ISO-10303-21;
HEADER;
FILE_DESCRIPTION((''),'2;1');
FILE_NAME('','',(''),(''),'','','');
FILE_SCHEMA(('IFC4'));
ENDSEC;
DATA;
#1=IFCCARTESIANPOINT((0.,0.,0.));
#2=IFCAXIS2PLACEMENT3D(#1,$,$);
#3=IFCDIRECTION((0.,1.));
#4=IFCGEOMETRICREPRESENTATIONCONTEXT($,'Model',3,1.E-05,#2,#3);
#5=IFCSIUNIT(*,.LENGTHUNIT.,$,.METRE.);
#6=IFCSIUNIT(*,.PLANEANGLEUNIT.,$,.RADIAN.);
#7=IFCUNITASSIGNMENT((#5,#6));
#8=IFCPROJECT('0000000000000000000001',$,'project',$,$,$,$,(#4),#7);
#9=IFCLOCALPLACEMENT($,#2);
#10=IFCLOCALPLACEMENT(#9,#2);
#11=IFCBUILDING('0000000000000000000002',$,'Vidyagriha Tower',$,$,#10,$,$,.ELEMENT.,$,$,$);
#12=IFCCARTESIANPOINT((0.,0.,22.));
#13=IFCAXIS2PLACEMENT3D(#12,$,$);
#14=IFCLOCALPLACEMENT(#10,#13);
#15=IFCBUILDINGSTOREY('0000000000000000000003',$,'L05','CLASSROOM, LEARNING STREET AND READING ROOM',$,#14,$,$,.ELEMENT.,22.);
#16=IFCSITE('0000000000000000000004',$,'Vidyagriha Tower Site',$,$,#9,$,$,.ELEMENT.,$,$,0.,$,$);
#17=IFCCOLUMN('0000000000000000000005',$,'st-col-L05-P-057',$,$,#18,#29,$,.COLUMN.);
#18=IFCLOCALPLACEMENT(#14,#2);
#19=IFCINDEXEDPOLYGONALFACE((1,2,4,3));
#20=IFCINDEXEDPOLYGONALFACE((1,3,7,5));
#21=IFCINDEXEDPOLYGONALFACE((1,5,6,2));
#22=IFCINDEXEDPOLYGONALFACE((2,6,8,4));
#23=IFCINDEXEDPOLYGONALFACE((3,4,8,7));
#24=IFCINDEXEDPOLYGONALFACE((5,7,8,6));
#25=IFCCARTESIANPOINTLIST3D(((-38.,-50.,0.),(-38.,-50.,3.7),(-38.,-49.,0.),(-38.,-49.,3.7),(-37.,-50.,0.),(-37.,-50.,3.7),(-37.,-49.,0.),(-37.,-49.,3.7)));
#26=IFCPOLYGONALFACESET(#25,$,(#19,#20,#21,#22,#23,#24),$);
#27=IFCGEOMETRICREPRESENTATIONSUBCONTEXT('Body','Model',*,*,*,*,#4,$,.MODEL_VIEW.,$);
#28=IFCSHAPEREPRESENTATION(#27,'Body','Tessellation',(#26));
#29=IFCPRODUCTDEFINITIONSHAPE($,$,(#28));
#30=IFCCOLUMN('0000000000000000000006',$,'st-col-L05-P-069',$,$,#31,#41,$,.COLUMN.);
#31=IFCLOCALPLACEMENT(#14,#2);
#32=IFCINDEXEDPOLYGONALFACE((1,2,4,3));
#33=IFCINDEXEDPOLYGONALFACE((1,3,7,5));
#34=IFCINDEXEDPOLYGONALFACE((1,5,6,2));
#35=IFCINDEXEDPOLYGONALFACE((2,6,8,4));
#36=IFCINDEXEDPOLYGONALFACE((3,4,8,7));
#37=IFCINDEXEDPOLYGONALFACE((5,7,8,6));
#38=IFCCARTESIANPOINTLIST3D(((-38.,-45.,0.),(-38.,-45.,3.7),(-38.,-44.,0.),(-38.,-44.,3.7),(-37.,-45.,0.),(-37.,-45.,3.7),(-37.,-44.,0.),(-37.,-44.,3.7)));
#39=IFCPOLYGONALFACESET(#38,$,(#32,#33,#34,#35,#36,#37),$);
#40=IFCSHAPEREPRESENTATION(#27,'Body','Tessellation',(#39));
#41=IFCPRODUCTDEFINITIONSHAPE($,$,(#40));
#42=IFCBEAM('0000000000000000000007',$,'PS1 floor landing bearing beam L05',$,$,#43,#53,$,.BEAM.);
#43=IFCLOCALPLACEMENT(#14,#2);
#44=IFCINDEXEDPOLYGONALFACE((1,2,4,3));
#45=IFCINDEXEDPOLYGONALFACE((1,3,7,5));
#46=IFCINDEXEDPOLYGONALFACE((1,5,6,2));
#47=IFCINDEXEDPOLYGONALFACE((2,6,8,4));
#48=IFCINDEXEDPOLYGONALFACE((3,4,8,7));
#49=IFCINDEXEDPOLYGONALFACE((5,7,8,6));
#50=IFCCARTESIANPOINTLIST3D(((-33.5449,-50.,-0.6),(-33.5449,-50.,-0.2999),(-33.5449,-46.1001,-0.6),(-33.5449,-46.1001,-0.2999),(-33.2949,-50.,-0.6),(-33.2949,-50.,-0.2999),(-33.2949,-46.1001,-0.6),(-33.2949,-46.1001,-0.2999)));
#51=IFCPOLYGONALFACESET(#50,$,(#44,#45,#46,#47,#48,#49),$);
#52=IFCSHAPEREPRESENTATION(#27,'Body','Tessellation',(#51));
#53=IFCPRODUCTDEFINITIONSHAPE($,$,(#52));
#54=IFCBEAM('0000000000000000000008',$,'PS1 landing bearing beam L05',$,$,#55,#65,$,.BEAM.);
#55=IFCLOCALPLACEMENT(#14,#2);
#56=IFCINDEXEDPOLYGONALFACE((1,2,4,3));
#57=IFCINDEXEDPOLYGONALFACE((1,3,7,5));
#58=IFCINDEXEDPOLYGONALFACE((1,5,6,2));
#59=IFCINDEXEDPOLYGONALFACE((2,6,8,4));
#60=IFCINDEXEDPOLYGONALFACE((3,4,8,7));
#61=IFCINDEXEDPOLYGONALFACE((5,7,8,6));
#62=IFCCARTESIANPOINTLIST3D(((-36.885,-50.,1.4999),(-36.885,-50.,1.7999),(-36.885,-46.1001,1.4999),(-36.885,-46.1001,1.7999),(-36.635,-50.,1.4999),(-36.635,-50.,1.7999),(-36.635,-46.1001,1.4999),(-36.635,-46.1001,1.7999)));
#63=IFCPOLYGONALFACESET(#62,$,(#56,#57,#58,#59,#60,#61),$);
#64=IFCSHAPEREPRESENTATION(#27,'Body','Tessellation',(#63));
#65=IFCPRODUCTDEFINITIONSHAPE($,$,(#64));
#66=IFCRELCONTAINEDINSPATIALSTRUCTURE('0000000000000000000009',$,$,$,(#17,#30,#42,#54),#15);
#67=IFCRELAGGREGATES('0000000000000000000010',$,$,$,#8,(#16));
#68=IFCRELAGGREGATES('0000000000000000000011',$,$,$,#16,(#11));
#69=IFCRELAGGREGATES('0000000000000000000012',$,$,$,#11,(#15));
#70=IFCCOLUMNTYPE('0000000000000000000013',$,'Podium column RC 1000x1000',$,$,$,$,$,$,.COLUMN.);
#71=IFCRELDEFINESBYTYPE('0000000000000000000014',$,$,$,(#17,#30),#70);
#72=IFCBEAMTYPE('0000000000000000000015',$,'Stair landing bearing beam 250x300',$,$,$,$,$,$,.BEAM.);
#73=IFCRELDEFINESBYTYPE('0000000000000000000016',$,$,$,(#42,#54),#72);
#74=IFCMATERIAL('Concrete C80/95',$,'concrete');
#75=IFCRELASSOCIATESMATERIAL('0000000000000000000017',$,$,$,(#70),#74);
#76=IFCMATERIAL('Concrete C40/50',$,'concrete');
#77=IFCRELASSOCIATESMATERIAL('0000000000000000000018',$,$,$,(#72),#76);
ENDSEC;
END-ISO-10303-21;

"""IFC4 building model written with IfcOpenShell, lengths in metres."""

from ifc_helpers import new_model, si_unit, direction, frame, origin, origin_2d, place, context, subcontext, project, spatial, rectangle, extrude, material, material_profile, profile_set, type_object, element, save


model = new_model("IFC4")

# Units and contexts
model_context = context("Model", 3, precision=1e-05, world=origin(), true_north=direction((0.0, 1.0)))
body_context = subcontext(model_context, "Body", "Model", "MODEL_VIEW")
ifc_project = project(units=[si_unit("LENGTHUNIT", "METRE"), si_unit("PLANEANGLEUNIT", "RADIAN")], contexts=[model_context])

# Site, building, storey
site_placement = place(None, origin())
site = spatial("IfcSite", under=ifc_project, at=site_placement, Name="Vidyagriha Tower Site", CompositionType="ELEMENT", RefElevation=0.0)
building_placement = place(site_placement, origin())
building = spatial("IfcBuilding", under=site, at=building_placement, Name="Vidyagriha Tower", CompositionType="ELEMENT")
storey_placement = place(building_placement, frame((0.0, 0.0, 22.0)))
storey = spatial("IfcBuildingStorey", under=building, at=storey_placement, Name="L05", Description="CLASSROOM, LEARNING STREET AND READING ROOM", CompositionType="ELEMENT", Elevation=22.0)

# Columns
ifc_material_1 = material(Name="Concrete C80/95", Category="concrete")
ifc_material_profile_1 = material_profile(ifc_material_1, rectangle(XDim=1.0, YDim=1.0, at=origin_2d()), Name="RC 1000x1000")
ifc_profile_set_1 = profile_set([ifc_material_profile_1], Name="Concrete C80/95")
column_type = type_object("IfcColumnType", Name="Podium column RC 1000x1000", PredefinedType="COLUMN", material=ifc_profile_set_1)
for number, where, name in (
    (1, (-37.5, -49.5, 0.0), "st-col-L05-P-057"),
    (2, (-37.5, -44.5, 0.0), "st-col-L05-P-069"),
):
    element("IfcColumn", number, at=place(storey_placement, frame(where)), inside=storey, type_object=column_type, Name=name, PredefinedType="COLUMN", context=body_context, shape_type="SweptSolid", body=[
        extrude(rectangle(XDim=1.0, YDim=1.0, at=origin_2d()), origin(), (0.0, 0.0, 1.0), 3.7),
    ])

# Beams
ifc_material_2 = material(Name="Concrete C40/50", Category="concrete")
ifc_material_profile_2 = material_profile(ifc_material_2, rectangle(XDim=0.25, YDim=0.3, at=origin_2d()), Name="Stair landing bearing beam 250x300")
ifc_profile_set_2 = profile_set([ifc_material_profile_2], Name="Concrete C40/50")
beam_type = type_object("IfcBeamType", Name="Stair landing bearing beam 250x300", PredefinedType="BEAM", material=ifc_profile_set_2)
for number, where, z_axis, x_axis, name in (
    (3, (-33.4199, -50.0, -0.45), (0.0, 1.0, 0.0), (-1.0, 0.0, 0.0), "PS1 floor landing bearing beam L05"),
    (4, (-36.76, -50.0, 1.6499), (0.0, 1.0, 0.0), (-1.0, 0.0, 0.0), "PS1 landing bearing beam L05"),
):
    element("IfcBeam", number, at=place(storey_placement, frame(where, z_axis=z_axis, x_axis=x_axis)), inside=storey, type_object=beam_type, Name=name, PredefinedType="BEAM", context=body_context, shape_type="SweptSolid", body=[
        extrude(rectangle(XDim=0.25, YDim=0.3, at=origin_2d()), origin(), (0.0, 0.0, 1.0), 3.8999),
    ])

save(model, "model.ifc")
